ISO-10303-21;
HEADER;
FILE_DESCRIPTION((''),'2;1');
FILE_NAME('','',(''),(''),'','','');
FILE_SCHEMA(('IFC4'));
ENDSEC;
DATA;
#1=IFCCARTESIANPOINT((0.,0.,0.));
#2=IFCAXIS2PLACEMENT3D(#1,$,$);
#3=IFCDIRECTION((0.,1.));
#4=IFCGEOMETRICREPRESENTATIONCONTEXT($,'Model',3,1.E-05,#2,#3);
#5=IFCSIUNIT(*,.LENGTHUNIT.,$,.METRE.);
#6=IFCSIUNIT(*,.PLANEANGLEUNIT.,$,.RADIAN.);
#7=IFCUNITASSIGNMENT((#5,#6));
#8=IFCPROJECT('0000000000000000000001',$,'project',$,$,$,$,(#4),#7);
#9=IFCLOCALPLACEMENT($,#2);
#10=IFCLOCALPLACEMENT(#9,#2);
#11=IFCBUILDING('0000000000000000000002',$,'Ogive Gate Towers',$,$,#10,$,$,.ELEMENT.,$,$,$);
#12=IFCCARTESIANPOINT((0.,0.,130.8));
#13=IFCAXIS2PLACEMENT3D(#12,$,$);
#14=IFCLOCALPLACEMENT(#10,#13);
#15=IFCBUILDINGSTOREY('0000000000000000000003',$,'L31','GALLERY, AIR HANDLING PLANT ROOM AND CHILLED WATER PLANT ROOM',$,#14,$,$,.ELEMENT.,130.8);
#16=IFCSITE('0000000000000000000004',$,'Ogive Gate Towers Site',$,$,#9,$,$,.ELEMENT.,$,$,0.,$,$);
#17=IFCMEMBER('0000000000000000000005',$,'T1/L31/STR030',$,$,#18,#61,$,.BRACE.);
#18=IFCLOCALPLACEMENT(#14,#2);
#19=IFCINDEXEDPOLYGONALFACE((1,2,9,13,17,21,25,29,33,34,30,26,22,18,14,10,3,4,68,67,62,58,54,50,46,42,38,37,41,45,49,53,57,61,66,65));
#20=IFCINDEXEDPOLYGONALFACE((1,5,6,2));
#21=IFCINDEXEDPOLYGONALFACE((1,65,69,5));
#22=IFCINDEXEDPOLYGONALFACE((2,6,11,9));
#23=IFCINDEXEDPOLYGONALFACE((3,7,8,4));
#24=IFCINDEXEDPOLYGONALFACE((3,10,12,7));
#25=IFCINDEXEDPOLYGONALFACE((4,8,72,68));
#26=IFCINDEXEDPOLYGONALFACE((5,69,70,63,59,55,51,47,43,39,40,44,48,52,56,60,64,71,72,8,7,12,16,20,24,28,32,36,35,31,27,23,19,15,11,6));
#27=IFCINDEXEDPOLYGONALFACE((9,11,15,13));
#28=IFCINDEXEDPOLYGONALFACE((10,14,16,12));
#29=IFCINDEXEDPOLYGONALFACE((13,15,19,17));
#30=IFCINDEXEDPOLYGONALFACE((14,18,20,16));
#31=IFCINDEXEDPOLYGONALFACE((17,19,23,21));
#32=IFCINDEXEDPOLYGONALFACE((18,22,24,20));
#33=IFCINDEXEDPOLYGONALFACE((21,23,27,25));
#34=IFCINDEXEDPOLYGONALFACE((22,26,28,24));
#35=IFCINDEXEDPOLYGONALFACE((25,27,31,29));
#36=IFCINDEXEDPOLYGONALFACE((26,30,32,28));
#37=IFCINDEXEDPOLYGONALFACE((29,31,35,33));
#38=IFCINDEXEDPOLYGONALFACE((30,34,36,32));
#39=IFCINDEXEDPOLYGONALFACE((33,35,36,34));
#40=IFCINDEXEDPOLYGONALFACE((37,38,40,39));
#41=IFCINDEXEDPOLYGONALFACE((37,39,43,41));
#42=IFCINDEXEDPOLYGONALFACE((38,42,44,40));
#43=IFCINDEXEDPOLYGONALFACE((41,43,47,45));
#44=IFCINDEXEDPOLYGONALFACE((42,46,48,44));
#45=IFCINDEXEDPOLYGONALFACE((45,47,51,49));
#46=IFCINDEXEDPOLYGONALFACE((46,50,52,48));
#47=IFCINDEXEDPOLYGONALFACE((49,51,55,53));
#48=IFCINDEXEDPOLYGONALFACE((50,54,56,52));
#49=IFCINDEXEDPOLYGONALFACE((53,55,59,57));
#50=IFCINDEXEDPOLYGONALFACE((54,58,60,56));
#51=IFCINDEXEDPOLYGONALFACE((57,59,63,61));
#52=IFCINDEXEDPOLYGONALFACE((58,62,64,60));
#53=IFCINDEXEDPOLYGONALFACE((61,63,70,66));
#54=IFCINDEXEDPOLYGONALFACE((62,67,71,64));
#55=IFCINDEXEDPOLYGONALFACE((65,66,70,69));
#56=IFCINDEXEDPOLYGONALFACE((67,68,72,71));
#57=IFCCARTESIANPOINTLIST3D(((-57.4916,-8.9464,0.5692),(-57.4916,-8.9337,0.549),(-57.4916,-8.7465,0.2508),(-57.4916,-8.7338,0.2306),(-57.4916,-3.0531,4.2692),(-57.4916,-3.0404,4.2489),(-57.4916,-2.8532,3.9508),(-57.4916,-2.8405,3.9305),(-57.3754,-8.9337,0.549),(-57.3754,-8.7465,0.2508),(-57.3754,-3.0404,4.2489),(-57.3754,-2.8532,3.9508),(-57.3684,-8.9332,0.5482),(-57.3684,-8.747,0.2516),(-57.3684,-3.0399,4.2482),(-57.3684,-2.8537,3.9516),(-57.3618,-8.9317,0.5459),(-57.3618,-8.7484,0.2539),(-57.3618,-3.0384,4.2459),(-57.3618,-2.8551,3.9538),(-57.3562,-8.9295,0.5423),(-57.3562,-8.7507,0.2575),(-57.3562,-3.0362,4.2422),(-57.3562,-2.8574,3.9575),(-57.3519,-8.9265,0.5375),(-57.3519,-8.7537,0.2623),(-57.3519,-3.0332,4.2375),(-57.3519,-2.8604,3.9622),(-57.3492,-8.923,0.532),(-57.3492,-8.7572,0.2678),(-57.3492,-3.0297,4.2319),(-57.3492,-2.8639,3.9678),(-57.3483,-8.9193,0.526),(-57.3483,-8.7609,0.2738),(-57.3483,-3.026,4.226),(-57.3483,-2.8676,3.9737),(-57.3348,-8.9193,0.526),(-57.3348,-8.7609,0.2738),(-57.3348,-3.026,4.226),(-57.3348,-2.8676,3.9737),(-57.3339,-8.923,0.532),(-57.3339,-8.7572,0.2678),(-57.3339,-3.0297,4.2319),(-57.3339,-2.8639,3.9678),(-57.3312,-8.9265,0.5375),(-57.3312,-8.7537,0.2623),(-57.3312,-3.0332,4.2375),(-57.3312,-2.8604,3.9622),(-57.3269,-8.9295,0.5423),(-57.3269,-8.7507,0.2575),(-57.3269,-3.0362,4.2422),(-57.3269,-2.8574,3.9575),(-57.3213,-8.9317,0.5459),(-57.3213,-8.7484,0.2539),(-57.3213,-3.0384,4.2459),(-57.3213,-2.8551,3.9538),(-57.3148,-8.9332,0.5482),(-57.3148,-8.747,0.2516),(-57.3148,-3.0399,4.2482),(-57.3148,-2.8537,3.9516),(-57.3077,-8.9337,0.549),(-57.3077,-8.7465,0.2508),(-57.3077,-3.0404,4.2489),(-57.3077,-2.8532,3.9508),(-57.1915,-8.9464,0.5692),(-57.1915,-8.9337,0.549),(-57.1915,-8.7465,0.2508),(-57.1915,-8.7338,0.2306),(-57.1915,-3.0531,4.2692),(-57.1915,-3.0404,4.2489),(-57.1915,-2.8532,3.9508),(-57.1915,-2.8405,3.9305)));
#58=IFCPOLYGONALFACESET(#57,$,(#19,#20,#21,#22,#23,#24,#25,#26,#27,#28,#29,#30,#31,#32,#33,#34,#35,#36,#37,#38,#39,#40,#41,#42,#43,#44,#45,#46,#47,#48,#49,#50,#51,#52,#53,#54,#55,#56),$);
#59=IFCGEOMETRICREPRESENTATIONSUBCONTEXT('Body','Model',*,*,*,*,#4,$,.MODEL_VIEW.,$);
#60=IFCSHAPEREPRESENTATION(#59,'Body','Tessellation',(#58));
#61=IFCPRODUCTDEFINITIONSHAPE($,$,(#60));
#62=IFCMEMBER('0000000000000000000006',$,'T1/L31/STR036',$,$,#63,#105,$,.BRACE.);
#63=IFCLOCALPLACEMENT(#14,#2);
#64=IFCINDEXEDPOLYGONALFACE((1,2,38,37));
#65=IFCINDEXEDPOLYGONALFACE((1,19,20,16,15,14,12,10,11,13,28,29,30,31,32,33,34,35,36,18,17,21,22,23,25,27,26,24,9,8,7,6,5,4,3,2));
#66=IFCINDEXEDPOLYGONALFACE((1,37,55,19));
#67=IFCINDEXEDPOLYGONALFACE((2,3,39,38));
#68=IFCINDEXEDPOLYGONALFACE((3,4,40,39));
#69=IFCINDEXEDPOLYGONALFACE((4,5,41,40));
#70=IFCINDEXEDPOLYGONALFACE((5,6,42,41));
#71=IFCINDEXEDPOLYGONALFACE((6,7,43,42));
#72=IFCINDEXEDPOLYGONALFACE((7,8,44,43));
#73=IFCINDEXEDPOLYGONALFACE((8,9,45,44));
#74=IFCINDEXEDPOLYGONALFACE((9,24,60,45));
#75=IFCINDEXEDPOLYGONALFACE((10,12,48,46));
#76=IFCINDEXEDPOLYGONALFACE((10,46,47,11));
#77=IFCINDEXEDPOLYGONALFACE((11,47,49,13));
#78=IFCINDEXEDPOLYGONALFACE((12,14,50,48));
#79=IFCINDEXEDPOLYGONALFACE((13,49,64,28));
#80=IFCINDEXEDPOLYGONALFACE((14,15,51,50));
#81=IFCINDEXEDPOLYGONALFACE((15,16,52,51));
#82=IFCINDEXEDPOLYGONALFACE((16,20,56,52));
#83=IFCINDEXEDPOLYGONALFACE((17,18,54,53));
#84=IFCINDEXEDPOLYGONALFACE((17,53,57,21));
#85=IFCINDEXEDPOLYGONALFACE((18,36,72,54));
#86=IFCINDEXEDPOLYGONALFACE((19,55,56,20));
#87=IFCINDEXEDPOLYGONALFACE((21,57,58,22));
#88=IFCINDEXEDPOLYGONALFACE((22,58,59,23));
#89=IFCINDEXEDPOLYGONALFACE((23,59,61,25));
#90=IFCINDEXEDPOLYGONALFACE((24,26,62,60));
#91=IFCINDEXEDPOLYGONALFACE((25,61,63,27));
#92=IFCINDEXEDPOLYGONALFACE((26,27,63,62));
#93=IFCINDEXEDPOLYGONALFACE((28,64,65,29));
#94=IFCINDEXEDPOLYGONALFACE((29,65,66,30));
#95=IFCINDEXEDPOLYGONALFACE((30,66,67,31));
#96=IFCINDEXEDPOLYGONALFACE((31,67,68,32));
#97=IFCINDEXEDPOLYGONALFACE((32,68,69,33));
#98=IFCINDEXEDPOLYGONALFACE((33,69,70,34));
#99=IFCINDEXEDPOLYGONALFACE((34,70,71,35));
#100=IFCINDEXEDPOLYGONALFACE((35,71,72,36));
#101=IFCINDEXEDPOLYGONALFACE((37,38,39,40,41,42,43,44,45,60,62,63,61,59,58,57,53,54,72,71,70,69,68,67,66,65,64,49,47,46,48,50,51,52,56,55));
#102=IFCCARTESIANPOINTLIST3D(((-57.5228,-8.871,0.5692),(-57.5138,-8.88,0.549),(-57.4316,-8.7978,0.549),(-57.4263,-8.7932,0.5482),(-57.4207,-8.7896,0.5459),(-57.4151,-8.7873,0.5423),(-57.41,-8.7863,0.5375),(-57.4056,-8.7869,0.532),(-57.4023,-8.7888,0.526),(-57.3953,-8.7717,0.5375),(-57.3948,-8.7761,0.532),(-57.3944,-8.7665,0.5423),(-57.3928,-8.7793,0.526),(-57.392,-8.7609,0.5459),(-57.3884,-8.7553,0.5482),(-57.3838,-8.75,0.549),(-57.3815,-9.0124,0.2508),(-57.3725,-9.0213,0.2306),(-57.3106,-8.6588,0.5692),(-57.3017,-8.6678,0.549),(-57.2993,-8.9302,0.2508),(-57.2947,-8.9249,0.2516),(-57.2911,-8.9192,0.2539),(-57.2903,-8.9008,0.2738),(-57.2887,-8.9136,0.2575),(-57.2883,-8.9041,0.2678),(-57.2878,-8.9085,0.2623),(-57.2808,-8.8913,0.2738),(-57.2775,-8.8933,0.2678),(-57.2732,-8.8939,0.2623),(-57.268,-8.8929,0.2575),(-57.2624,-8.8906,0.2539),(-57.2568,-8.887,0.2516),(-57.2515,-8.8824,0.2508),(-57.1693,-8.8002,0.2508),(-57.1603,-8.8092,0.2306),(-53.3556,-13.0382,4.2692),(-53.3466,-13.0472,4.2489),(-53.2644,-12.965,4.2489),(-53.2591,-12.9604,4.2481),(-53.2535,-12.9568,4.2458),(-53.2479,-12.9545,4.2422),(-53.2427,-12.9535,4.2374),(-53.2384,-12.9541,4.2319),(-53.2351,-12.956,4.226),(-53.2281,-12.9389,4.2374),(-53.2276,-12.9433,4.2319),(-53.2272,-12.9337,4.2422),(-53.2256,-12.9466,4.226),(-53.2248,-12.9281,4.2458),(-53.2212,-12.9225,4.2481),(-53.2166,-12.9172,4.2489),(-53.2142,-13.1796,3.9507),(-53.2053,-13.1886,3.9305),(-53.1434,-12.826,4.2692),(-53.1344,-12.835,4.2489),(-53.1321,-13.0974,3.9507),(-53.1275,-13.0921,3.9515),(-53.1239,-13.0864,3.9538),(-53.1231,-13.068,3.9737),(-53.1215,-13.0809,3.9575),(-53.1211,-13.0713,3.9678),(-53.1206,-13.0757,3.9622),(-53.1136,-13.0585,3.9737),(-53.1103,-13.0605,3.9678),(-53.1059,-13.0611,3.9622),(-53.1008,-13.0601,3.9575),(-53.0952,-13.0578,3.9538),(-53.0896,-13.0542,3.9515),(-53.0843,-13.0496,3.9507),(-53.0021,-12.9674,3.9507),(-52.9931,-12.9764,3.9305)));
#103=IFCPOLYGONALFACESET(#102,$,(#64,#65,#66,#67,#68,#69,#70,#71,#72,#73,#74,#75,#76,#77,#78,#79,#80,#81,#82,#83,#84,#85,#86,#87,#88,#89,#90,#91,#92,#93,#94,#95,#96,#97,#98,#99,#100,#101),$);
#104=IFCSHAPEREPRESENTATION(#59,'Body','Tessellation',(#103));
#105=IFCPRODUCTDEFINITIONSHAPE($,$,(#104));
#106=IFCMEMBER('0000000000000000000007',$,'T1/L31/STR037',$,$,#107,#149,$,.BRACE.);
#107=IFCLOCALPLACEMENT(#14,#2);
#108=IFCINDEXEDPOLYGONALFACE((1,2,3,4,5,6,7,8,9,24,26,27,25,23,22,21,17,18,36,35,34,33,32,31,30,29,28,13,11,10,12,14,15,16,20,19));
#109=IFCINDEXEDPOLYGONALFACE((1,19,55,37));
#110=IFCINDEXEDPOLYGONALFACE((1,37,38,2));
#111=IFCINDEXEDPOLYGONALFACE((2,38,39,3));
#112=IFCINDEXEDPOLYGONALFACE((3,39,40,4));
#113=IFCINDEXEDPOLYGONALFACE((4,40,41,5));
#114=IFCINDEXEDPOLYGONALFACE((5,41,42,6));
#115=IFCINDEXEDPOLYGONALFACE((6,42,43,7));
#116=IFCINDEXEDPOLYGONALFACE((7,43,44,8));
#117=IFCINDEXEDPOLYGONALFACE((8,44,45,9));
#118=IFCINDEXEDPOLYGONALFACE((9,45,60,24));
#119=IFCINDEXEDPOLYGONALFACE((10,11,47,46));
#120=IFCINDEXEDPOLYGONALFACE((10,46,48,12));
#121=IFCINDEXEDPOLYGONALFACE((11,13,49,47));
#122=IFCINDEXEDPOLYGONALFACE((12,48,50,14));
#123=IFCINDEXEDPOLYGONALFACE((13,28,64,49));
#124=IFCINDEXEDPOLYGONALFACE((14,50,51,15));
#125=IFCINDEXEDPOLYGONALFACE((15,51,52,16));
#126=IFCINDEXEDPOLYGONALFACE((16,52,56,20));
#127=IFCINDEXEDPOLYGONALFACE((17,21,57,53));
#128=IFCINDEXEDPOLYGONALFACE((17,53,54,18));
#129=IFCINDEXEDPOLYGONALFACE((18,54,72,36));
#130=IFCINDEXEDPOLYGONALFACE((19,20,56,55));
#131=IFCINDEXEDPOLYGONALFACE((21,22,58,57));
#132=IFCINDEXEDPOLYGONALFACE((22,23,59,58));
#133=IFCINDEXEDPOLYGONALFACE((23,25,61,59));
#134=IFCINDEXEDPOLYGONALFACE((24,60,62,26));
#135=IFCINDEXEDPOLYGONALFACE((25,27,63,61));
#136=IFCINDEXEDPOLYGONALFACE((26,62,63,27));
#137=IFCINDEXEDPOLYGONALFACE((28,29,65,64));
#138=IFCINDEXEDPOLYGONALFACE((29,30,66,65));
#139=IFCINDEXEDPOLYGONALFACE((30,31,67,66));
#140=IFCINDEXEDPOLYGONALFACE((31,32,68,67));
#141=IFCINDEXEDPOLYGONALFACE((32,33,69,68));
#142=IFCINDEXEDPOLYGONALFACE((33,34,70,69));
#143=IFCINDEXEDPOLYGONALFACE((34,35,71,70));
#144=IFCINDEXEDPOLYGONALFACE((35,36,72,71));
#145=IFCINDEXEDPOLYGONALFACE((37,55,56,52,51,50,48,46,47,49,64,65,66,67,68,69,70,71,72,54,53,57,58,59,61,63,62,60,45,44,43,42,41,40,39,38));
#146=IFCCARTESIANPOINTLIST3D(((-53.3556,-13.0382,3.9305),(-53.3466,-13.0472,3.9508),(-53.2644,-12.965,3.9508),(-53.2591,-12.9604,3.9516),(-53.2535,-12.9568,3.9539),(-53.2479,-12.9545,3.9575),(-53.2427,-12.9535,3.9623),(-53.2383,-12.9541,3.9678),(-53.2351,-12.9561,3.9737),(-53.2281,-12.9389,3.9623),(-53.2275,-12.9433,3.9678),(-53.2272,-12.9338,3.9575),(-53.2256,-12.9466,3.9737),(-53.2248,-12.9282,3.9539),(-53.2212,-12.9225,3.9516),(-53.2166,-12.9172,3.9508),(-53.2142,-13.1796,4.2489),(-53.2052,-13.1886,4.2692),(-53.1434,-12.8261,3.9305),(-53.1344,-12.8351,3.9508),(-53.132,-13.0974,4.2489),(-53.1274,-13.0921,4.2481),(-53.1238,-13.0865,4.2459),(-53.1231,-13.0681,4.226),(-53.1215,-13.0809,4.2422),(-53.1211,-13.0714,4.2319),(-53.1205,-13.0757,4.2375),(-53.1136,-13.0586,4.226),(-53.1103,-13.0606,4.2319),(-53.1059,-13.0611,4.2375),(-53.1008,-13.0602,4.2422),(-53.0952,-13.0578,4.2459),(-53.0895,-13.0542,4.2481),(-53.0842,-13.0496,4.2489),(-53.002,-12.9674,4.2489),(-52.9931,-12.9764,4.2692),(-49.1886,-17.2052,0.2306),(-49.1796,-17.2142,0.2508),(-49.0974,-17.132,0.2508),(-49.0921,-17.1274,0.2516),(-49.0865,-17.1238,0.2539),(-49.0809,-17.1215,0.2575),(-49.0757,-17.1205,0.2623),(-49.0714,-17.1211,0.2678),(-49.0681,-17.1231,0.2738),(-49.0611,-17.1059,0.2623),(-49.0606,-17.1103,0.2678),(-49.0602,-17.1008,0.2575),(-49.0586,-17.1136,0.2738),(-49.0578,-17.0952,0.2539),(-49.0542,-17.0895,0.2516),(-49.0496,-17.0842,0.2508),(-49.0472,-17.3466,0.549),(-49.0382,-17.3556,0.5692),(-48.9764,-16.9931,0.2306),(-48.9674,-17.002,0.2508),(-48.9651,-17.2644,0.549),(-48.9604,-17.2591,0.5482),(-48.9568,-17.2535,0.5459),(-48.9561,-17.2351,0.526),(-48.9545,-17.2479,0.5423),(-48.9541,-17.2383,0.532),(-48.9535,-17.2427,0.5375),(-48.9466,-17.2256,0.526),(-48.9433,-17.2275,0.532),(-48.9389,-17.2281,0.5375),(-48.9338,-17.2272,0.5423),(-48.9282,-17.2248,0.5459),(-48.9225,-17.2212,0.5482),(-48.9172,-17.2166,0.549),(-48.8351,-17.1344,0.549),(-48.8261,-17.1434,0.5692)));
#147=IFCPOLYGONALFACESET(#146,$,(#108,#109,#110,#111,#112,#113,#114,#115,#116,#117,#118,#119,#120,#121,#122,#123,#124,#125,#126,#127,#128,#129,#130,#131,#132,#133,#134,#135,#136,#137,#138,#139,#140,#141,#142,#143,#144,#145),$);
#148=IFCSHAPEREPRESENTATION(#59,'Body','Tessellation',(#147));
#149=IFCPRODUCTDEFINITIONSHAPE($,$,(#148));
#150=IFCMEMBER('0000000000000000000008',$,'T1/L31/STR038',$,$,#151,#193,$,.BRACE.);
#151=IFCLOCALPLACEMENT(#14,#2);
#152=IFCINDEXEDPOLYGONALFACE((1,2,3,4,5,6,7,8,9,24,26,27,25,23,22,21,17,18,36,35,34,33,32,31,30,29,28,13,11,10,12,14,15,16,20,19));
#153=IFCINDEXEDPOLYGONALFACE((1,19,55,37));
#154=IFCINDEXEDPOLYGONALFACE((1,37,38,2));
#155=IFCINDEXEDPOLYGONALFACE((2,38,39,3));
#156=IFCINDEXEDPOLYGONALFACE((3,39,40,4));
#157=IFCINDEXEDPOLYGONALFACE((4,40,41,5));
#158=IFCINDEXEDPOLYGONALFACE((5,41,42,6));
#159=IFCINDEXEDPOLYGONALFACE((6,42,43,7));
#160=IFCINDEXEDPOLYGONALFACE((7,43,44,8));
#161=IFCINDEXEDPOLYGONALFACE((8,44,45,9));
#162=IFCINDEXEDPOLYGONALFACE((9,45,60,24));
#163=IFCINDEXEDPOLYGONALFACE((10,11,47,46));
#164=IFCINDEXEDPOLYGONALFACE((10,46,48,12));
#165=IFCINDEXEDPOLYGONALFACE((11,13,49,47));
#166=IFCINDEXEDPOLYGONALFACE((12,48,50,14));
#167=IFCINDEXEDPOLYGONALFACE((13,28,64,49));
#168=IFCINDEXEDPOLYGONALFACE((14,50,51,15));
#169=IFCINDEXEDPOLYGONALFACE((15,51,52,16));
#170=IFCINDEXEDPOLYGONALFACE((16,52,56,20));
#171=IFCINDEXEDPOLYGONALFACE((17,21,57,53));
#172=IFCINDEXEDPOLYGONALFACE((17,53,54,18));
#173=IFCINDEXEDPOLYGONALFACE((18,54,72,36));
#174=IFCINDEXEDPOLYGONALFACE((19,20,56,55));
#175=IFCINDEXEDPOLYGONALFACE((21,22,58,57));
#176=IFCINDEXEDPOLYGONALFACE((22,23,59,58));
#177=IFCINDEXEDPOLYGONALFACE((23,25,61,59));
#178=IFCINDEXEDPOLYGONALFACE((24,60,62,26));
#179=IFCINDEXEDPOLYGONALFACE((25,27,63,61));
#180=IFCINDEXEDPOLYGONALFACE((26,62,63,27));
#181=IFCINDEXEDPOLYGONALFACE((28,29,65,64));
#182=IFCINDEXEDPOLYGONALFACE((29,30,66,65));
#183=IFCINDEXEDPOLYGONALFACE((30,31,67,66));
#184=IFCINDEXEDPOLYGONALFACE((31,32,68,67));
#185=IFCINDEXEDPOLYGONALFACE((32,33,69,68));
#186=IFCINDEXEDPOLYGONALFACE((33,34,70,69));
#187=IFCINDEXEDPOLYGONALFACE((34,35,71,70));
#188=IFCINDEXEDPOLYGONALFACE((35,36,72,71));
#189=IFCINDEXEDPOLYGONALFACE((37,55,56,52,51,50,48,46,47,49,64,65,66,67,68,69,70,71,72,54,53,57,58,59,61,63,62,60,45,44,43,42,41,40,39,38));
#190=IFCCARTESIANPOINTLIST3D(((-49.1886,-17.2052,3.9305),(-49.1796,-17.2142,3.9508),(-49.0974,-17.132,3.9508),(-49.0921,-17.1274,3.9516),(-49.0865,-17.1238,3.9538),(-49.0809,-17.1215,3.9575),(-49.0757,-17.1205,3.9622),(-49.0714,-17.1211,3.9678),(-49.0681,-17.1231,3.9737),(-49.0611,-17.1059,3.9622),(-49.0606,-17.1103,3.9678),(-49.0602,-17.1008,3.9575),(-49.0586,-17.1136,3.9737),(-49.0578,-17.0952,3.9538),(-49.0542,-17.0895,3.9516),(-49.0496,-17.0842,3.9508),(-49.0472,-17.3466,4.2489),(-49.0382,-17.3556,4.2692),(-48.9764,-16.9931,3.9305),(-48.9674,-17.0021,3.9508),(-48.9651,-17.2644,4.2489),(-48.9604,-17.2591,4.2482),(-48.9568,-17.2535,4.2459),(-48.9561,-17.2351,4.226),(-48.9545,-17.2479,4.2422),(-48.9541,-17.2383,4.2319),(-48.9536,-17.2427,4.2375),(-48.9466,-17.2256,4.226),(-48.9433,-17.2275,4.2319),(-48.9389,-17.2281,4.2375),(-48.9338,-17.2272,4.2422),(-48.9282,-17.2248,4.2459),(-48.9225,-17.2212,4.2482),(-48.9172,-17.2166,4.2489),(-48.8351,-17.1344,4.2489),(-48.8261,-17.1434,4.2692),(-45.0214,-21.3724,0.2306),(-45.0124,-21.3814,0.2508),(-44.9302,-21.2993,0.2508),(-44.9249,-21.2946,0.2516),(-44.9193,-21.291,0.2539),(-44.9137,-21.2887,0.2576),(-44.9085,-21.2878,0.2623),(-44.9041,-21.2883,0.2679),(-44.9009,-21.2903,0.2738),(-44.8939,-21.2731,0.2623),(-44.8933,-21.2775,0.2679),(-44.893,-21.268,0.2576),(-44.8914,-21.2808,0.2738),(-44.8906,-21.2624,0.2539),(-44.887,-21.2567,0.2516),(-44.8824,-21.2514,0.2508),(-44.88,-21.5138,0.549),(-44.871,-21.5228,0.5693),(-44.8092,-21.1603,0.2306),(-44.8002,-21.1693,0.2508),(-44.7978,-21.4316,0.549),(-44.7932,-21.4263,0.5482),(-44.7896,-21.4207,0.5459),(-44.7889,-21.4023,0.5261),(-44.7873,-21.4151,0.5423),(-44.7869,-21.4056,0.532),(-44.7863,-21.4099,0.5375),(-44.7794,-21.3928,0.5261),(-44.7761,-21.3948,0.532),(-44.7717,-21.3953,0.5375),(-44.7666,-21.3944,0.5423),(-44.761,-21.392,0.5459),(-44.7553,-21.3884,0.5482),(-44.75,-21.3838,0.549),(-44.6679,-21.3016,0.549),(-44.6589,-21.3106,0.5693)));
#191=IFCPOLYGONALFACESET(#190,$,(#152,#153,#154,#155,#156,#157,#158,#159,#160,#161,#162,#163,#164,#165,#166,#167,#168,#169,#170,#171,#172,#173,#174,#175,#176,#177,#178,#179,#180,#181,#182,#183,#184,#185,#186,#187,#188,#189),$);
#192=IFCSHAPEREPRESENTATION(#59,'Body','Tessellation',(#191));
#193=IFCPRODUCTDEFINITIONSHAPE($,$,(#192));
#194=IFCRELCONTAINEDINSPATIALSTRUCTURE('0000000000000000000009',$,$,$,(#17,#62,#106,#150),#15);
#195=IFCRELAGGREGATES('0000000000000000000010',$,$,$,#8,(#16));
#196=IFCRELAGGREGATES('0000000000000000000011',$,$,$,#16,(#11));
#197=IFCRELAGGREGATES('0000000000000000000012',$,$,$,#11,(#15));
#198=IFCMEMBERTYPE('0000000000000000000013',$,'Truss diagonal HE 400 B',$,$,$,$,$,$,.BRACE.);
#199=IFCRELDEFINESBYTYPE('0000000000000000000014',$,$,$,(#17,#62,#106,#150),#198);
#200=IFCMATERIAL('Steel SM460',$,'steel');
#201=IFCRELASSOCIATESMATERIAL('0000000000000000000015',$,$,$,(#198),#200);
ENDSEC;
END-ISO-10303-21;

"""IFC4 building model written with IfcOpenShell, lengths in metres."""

from ifc_helpers import new_model, si_unit, direction, frame, origin, origin_2d, place, context, subcontext, project, spatial, i_section, extrude, material, material_profile, profile_set, type_object, element, save


model = new_model("IFC4")

# Units and contexts
model_context = context("Model", 3, precision=1e-05, world=origin(), true_north=direction((0.0, 1.0)))
body_context = subcontext(model_context, "Body", "Model", "MODEL_VIEW")
ifc_project = project(units=[si_unit("LENGTHUNIT", "METRE"), si_unit("PLANEANGLEUNIT", "RADIAN")], contexts=[model_context])

# Site, building, storey
site_placement = place(None, origin())
site = spatial("IfcSite", under=ifc_project, at=site_placement, Name="Ogive Gate Towers Site", CompositionType="ELEMENT", RefElevation=0.0)
building_placement = place(site_placement, origin())
building = spatial("IfcBuilding", under=site, at=building_placement, Name="Ogive Gate Towers", CompositionType="ELEMENT")
storey_placement = place(building_placement, frame((0.0, 0.0, 130.8)))
storey = spatial("IfcBuildingStorey", under=building, at=storey_placement, Name="L31", Description="GALLERY, AIR HANDLING PLANT ROOM AND CHILLED WATER PLANT ROOM", CompositionType="ELEMENT", Elevation=130.8)

# Shared definitions
ifc_material_1 = material(Name="Steel SM460", Category="steel")

# Members
ifc_material_profile_1 = material_profile(ifc_material_1, i_section(OverallWidth=0.3, OverallDepth=0.3999, WebThickness=0.0134, FlangeThickness=0.0239, FilletRadius=0.0271, at=origin_2d()), Name="HE 400 B")
ifc_profile_set_1 = profile_set([ifc_material_profile_1], Name="Steel SM460")
member_type_1 = type_object("IfcMemberType", Name="Truss diagonal HE 400 B", PredefinedType="BRACE", material=ifc_profile_set_1)
for number, where, z_axis, x_axis, name in (
    (1, (-57.3416, -2.9468, 4.0999), (0.0, -0.846922, -0.531717), (1.0, 0.0, 0.0), "T1/L31/STR030"),
    (2, (-57.3416, -8.8401, 0.3999), (0.598866, -0.598866, 0.531713), (0.707107, 0.707107, 0.0), "T1/L31/STR036"),
):
    element("IfcMember", number, at=place(storey_placement, frame(where, z_axis=z_axis, x_axis=x_axis)), inside=storey, type_object=member_type_1, Name=name, PredefinedType="BRACE", context=body_context, shape_type="SweptSolid", body=[
        extrude(i_section(OverallWidth=0.3, OverallDepth=0.3999, WebThickness=0.0134, FlangeThickness=0.0239, FilletRadius=0.0271, at=origin_2d()), origin(), (0.0, 0.0, 1.0), 6.9585),
    ])
member_1_placement = place(storey_placement, frame((-53.1743, -13.0073, 4.0999), z_axis=(0.598856, -0.598856, -0.531736), x_axis=(0.707107, 0.707107, 0.0)))
element("IfcMember", 3, at=member_1_placement, inside=storey, type_object=member_type_1, Name="T1/L31/STR037", PredefinedType="BRACE", context=body_context, shape_type="SweptSolid", body=[
    extrude(i_section(OverallWidth=0.3, OverallDepth=0.3999, WebThickness=0.0134, FlangeThickness=0.0239, FilletRadius=0.0271, at=origin_2d()), origin(), (0.0, 0.0, 1.0), 6.9583),
])
member_2_placement = place(storey_placement, frame((-49.0073, -17.1743, 4.0999), z_axis=(0.598866, -0.598866, -0.531713), x_axis=(0.707107, 0.707107, 0.0)))
element("IfcMember", 4, at=member_2_placement, inside=storey, type_object=member_type_1, Name="T1/L31/STR038", PredefinedType="BRACE", context=body_context, shape_type="SweptSolid", body=[
    extrude(i_section(OverallWidth=0.3, OverallDepth=0.3999, WebThickness=0.0134, FlangeThickness=0.0239, FilletRadius=0.0271, at=origin_2d()), origin(), (0.0, 0.0, 1.0), 6.9585),
])

save(model, "model.ifc")
